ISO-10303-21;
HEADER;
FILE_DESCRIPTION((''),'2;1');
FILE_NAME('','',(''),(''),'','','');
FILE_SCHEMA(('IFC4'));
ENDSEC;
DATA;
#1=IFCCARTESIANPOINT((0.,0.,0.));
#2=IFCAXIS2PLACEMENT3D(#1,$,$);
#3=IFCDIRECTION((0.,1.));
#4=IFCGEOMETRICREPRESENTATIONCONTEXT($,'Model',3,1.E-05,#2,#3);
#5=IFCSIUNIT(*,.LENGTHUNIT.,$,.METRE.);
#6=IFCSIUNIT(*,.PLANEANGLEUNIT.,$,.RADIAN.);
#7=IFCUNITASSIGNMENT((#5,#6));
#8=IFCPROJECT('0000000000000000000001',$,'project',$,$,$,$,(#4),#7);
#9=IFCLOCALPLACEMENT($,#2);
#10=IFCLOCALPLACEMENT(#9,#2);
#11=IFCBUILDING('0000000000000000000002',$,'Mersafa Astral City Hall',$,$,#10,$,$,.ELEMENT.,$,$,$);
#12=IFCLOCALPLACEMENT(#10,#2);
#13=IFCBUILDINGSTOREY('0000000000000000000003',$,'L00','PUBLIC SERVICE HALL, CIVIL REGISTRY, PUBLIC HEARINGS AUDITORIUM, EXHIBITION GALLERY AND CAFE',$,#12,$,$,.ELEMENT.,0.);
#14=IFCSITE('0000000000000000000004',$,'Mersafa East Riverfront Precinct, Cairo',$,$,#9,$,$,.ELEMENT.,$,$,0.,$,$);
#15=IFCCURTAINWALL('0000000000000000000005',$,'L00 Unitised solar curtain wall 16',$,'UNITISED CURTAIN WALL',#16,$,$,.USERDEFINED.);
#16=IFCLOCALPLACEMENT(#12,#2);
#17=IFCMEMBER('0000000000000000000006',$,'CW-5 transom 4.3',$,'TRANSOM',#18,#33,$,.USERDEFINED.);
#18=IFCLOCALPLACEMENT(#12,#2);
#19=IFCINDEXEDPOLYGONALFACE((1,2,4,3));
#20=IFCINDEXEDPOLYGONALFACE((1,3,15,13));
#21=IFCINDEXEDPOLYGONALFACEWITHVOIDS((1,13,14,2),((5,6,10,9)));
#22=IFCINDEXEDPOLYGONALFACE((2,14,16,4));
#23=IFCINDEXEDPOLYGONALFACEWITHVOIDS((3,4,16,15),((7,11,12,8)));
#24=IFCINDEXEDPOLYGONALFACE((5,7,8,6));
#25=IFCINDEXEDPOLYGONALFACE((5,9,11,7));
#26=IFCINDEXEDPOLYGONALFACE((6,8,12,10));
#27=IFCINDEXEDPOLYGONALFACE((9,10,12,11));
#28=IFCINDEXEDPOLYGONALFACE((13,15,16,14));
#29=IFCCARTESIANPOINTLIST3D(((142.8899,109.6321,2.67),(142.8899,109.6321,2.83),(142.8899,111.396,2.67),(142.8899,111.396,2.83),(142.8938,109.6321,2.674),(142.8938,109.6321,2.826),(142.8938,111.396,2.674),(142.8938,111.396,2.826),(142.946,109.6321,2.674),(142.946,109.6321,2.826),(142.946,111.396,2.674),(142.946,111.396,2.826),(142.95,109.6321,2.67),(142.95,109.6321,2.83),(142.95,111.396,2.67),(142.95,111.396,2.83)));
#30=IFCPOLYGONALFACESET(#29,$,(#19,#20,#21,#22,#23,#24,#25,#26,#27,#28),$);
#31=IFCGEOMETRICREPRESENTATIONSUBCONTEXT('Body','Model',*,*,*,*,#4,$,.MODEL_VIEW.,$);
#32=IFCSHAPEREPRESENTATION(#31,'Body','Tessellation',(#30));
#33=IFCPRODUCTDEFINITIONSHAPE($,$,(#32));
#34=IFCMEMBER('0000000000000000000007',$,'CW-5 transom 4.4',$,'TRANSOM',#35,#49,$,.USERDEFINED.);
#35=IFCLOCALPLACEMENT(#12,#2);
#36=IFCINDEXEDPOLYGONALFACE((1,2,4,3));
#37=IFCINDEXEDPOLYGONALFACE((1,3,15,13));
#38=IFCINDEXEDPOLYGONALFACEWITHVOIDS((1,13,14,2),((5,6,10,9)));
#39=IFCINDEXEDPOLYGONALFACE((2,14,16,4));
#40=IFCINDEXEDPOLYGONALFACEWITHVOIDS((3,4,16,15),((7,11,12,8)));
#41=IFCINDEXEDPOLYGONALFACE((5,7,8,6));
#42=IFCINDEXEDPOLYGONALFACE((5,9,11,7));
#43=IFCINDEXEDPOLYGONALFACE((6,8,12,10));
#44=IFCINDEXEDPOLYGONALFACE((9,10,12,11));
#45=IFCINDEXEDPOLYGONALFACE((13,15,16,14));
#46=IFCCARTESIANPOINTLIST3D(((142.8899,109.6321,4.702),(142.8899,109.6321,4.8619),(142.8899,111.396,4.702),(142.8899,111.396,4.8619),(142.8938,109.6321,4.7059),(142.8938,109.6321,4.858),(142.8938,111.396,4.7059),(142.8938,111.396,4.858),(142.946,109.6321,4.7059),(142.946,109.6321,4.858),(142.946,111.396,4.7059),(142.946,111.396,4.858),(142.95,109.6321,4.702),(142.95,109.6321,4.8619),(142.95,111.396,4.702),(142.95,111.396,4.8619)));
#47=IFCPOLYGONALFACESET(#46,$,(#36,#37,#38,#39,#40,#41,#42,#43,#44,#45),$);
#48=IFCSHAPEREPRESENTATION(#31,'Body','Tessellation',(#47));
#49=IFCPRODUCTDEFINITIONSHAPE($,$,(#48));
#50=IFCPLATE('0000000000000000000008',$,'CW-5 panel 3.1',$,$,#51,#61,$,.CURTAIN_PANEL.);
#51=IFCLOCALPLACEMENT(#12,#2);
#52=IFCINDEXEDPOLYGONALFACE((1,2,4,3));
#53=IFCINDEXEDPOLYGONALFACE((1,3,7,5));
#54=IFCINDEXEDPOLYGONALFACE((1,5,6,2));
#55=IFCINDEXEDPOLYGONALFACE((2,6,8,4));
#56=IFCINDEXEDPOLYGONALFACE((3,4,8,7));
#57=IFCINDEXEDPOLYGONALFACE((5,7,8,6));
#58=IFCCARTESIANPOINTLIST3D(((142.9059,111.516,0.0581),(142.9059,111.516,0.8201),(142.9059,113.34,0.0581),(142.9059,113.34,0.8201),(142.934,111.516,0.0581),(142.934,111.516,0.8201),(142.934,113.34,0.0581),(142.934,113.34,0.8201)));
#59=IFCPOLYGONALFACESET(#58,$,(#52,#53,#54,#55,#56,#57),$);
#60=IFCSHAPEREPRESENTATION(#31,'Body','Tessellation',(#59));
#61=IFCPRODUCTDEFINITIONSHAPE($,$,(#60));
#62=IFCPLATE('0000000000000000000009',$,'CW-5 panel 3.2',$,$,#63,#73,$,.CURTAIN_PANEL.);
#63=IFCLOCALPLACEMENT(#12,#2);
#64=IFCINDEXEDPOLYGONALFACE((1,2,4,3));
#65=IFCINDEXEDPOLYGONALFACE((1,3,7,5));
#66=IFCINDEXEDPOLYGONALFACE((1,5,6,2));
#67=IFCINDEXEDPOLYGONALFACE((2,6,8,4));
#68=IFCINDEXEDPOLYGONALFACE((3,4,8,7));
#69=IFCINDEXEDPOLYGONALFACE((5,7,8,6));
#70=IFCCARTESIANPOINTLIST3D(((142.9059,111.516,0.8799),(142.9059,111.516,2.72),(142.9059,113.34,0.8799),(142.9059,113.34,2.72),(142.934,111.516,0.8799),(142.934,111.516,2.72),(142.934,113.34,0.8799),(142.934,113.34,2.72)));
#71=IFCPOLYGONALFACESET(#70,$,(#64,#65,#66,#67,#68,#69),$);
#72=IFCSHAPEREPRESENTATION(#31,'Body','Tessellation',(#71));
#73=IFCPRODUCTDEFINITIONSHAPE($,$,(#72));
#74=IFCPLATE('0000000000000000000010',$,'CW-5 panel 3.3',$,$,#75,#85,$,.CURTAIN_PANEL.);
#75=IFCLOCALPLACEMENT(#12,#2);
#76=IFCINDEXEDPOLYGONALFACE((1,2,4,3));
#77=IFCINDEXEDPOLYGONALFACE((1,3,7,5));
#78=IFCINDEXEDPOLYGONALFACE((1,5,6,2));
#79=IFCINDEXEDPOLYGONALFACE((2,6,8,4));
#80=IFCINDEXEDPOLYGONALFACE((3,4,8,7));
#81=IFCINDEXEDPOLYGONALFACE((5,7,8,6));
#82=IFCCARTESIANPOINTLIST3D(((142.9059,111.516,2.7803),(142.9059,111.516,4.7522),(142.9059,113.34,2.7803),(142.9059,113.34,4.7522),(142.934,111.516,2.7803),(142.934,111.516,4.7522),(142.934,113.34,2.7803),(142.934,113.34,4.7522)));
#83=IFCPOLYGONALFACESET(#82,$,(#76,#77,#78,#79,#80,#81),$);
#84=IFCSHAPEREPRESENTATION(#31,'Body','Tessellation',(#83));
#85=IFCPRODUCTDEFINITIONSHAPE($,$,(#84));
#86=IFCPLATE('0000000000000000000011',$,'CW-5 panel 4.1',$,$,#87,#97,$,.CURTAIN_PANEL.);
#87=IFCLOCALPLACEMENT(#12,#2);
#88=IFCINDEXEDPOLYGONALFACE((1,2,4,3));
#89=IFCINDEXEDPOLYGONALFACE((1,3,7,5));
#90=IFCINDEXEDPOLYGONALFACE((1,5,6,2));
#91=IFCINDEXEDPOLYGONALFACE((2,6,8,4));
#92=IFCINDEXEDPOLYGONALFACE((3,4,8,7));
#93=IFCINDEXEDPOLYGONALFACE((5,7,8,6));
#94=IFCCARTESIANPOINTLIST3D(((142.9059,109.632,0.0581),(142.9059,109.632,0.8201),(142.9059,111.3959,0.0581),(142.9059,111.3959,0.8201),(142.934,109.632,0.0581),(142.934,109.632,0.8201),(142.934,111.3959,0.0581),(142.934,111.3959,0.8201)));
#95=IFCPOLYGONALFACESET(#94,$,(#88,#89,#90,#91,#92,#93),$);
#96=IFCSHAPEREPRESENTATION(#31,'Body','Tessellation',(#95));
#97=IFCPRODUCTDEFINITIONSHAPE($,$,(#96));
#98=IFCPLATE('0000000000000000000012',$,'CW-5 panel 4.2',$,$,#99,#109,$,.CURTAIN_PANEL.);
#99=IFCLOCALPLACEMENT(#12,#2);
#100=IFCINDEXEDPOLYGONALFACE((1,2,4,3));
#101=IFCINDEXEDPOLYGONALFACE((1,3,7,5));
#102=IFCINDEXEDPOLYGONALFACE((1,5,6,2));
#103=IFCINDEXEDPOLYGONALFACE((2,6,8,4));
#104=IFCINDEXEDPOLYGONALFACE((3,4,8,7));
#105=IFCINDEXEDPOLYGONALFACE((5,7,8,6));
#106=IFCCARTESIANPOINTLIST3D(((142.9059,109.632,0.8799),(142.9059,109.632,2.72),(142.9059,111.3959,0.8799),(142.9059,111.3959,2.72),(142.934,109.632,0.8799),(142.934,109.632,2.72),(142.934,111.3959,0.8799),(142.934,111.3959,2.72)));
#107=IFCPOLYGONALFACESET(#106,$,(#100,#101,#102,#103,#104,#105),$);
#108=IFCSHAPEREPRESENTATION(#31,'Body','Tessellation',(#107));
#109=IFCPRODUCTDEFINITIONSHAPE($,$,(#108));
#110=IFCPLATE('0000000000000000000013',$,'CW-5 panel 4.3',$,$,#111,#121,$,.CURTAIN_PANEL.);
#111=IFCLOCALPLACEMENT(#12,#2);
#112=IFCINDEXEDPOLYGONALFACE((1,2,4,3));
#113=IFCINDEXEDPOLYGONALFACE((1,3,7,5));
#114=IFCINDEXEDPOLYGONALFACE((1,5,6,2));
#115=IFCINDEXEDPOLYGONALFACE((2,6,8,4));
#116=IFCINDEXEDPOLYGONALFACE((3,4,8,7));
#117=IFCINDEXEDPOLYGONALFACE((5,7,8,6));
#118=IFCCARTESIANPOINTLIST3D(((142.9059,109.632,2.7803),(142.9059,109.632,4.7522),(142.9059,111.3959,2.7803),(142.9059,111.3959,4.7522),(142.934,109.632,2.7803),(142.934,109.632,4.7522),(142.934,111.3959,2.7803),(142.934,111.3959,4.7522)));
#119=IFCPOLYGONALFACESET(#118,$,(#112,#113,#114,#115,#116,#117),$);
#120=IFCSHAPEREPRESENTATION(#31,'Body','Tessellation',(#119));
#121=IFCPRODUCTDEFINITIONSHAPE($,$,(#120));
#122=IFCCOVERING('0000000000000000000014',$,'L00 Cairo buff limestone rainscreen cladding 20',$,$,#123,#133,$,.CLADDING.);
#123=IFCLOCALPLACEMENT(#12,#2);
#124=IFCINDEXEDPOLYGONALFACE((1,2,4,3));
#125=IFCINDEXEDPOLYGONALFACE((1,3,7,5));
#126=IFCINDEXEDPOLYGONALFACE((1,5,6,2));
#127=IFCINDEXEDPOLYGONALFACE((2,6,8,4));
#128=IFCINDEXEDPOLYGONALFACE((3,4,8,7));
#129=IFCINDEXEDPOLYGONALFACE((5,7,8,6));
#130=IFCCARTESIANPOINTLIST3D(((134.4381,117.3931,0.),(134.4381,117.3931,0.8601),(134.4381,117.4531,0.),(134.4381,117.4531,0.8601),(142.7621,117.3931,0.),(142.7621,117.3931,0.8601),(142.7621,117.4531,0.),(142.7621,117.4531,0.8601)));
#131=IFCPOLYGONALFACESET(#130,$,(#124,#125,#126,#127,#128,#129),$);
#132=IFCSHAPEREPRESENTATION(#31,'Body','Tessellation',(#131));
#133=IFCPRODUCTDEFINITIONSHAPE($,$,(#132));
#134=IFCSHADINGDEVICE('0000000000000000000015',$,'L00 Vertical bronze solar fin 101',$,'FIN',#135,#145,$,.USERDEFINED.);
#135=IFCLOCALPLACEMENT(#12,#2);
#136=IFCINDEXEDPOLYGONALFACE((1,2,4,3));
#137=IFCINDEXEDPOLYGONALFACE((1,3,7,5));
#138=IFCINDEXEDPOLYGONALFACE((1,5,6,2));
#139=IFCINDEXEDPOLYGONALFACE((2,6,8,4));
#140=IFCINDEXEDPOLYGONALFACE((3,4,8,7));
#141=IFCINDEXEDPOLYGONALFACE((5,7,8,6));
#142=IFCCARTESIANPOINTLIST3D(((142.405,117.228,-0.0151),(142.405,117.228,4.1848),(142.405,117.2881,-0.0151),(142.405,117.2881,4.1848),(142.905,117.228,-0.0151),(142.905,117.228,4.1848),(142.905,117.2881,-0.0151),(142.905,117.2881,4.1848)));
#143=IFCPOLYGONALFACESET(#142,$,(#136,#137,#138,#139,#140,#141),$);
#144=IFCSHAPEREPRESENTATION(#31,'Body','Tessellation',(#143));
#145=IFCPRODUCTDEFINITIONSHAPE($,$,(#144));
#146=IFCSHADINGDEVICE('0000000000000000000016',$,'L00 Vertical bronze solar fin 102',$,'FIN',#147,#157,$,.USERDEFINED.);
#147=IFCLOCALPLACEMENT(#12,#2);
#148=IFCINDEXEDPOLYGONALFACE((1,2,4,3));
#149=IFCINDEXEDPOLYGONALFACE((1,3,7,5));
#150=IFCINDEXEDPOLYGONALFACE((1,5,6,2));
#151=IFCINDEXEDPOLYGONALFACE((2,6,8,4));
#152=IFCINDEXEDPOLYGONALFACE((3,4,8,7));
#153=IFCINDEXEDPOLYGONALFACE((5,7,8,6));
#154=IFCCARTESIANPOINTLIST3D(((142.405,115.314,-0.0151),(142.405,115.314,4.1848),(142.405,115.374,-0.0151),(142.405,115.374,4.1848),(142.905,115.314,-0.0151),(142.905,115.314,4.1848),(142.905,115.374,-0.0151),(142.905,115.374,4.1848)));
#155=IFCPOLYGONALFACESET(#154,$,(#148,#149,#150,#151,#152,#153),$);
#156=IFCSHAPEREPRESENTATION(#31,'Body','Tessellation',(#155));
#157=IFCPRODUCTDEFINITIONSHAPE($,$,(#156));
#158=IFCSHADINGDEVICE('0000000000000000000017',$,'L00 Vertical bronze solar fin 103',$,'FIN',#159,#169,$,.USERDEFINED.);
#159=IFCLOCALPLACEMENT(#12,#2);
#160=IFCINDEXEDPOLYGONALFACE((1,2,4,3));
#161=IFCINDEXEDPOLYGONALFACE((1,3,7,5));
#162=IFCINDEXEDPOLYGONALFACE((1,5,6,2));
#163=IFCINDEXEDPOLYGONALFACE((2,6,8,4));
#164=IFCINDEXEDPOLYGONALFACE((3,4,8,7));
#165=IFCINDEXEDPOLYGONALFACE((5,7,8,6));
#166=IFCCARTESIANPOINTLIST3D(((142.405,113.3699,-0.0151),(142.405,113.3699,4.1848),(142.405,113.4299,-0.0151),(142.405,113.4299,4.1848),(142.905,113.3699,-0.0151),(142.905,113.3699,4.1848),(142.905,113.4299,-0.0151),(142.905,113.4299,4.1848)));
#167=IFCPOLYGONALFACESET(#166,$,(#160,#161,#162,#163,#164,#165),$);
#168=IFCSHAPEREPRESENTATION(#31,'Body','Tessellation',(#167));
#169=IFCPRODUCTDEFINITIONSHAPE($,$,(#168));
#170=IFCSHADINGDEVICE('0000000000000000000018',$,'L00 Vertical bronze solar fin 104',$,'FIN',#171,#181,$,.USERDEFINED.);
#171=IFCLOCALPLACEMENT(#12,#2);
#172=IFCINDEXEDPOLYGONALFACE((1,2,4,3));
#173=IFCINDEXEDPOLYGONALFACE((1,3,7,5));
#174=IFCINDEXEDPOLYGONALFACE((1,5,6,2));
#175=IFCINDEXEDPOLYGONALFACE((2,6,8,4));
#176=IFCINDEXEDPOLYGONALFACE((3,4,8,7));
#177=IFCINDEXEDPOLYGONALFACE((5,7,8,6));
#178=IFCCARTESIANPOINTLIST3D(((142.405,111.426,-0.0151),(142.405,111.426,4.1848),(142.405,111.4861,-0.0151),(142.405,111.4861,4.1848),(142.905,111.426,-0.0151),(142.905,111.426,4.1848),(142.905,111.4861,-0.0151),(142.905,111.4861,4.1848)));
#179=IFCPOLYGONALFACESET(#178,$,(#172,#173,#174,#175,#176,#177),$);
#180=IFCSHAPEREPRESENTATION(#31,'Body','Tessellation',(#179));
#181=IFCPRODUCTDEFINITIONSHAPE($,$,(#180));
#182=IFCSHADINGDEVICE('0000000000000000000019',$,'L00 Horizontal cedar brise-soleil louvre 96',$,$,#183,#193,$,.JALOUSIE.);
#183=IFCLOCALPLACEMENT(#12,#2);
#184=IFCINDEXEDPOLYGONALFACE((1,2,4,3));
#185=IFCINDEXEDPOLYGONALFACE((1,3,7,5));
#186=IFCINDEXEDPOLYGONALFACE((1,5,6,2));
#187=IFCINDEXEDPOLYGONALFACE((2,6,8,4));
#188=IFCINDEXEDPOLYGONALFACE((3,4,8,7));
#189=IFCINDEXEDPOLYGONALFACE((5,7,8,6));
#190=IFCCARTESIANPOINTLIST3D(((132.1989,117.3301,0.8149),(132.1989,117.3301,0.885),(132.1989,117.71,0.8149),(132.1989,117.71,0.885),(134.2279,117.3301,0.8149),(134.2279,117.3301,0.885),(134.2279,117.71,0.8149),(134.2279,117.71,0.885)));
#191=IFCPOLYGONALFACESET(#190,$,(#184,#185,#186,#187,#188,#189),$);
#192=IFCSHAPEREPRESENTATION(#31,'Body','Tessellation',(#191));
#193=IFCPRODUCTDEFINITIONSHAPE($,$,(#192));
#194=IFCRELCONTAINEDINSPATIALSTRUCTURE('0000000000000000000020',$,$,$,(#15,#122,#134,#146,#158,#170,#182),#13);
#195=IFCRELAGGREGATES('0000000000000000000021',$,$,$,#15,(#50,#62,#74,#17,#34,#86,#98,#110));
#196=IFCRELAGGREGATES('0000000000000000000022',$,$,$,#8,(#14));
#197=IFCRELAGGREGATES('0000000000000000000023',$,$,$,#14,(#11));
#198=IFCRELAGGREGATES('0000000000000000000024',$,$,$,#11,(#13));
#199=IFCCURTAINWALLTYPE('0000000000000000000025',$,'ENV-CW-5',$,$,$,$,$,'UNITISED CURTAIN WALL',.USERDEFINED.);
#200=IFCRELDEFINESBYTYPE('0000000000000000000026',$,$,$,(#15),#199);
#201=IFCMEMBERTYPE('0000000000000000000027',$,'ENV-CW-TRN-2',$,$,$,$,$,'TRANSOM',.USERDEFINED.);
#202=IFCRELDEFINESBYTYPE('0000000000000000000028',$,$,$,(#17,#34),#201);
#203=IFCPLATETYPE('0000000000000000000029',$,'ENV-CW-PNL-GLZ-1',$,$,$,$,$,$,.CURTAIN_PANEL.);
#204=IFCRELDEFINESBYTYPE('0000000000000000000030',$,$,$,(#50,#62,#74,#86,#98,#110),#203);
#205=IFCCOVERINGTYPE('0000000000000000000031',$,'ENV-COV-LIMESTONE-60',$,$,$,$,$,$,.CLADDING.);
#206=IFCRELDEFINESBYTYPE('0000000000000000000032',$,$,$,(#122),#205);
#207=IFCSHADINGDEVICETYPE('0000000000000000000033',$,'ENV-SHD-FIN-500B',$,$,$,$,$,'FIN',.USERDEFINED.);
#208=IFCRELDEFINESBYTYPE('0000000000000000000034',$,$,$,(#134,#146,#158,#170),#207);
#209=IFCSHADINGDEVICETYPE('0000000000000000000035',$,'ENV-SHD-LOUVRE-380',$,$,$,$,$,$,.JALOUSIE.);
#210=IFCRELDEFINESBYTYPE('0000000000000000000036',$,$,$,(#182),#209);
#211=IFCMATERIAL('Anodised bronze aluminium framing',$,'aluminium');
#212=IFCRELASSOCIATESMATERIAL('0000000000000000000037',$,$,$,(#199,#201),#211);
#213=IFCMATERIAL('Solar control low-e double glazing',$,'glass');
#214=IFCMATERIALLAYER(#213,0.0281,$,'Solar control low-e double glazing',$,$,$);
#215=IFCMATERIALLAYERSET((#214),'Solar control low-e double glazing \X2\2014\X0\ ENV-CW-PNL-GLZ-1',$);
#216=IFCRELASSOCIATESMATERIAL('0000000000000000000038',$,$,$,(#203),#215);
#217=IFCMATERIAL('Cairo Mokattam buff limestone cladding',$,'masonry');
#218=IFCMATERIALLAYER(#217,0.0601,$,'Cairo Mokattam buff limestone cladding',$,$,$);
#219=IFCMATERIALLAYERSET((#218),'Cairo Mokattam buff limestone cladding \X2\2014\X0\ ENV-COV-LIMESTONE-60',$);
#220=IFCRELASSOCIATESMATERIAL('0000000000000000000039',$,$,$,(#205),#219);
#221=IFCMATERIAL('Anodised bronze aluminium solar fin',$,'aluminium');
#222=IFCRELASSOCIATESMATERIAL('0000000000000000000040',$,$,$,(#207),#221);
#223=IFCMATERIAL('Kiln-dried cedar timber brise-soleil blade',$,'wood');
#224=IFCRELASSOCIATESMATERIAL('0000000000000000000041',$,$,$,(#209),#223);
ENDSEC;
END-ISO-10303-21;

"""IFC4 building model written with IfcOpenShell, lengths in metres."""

from ifc_helpers import new_model, si_unit, direction, frame, origin, origin_2d, place, context, subcontext, project, spatial, rectangle, hollow_rectangle, extrude, material, layer, layer_set, material_profile, profile_set, type_object, element, aggregate, save


model = new_model("IFC4")

# Units and contexts
model_context = context("Model", 3, precision=1e-05, world=origin(), true_north=direction((0.0, 1.0)))
body_context = subcontext(model_context, "Body", "Model", "MODEL_VIEW")
ifc_project = project(units=[si_unit("LENGTHUNIT", "METRE"), si_unit("PLANEANGLEUNIT", "RADIAN")], contexts=[model_context])

# Site, building, storey
site_placement = place(None, origin())
site = spatial("IfcSite", under=ifc_project, at=site_placement, Name="Mersafa East Riverfront Precinct, Cairo", CompositionType="ELEMENT", RefElevation=0.0)
building_placement = place(site_placement, origin())
building = spatial("IfcBuilding", under=site, at=building_placement, Name="Mersafa Astral City Hall", CompositionType="ELEMENT")
storey_placement = place(building_placement, origin())
storey = spatial("IfcBuildingStorey", under=building, at=storey_placement, Name="L00", Description="PUBLIC SERVICE HALL, CIVIL REGISTRY, PUBLIC HEARINGS AUDITORIUM, EXHIBITION GALLERY AND CAFE", CompositionType="ELEMENT", Elevation=0.0)

# Curtain wall, members, plates
ifc_material_1 = material(Name="Anodised bronze aluminium framing", Category="aluminium")
curtain_wall_type = type_object("IfcCurtainWallType", Name="ENV-CW-5", ElementType="UNITISED CURTAIN WALL", PredefinedType="USERDEFINED", material=ifc_material_1)
curtain_wall_placement = place(storey_placement, origin())
curtain_wall = element("IfcCurtainWall", 1, at=curtain_wall_placement, inside=storey, type_object=curtain_wall_type, Name="L00 Unitised solar curtain wall 16", ObjectType="UNITISED CURTAIN WALL", PredefinedType="USERDEFINED")
ifc_material_profile_1 = material_profile(ifc_material_1, hollow_rectangle(XDim=0.0601, YDim=0.1599, WallThickness=0.0039, at=origin_2d()), Name="RHS 60x160x4")
ifc_profile_set_1 = profile_set([ifc_material_profile_1], Name="Anodised bronze aluminium framing")
member_type_1 = type_object("IfcMemberType", Name="ENV-CW-TRN-2", ElementType="TRANSOM", PredefinedType="USERDEFINED", material=ifc_profile_set_1)
member_1_placement = place(storey_placement, frame((142.9199, 111.396, 2.75), z_axis=(0.0, -1.0, 0.0), x_axis=(1.0, 0.0, 0.0)))
member_1 = element("IfcMember", 2, at=member_1_placement, type_object=member_type_1, Name="CW-5 transom 4.3", ObjectType="TRANSOM", PredefinedType="USERDEFINED", context=body_context, shape_type="SweptSolid", body=[
    extrude(hollow_rectangle(XDim=0.0601, YDim=0.1599, WallThickness=0.0039, at=origin_2d()), origin(), (0.0, 0.0, 1.0), 1.7639),
])
member_2_placement = place(storey_placement, frame((142.9199, 111.396, 4.782), z_axis=(0.0, -1.0, 0.0), x_axis=(1.0, 0.0, 0.0)))
member_2 = element("IfcMember", 3, at=member_2_placement, type_object=member_type_1, Name="CW-5 transom 4.4", ObjectType="TRANSOM", PredefinedType="USERDEFINED", context=body_context, shape_type="SweptSolid", body=[
    extrude(hollow_rectangle(XDim=0.0601, YDim=0.1599, WallThickness=0.0039, at=origin_2d()), origin(), (0.0, 0.0, 1.0), 1.7639),
])
ifc_material_2 = material(Name="Solar control low-e double glazing", Category="glass")
ifc_layer_1 = layer(ifc_material_2, 0.0281, Name="Solar control low-e double glazing")
ifc_layer_set_1 = layer_set([ifc_layer_1], Name="Solar control low-e double glazing — ENV-CW-PNL-GLZ-1")
plate_type = type_object("IfcPlateType", Name="ENV-CW-PNL-GLZ-1", PredefinedType="CURTAIN_PANEL", material=ifc_layer_set_1)
plate_1_placement = place(storey_placement, frame((142.9199, 112.428, 0.0581), z_axis=(0.0, 0.0, 1.0), x_axis=(0.0, -1.0, 0.0)))
plate_1 = element("IfcPlate", 4, at=plate_1_placement, type_object=plate_type, Name="CW-5 panel 3.1", PredefinedType="CURTAIN_PANEL", context=body_context, shape_type="SweptSolid", body=[
    extrude(rectangle(XDim=1.824, YDim=0.0281, at=origin_2d()), origin(), (0.0, 0.0, 1.0), 0.762),
])
plate_2_placement = place(storey_placement, frame((142.9199, 112.428, 0.8799), z_axis=(0.0, 0.0, 1.0), x_axis=(0.0, -1.0, 0.0)))
plate_2 = element("IfcPlate", 5, at=plate_2_placement, type_object=plate_type, Name="CW-5 panel 3.2", PredefinedType="CURTAIN_PANEL", context=body_context, shape_type="SweptSolid", body=[
    extrude(rectangle(XDim=1.824, YDim=0.0281, at=origin_2d()), origin(), (0.0, 0.0, 1.0), 1.8401),
])
plate_3_placement = place(storey_placement, frame((142.9199, 112.428, 2.7803), z_axis=(0.0, 0.0, 1.0), x_axis=(0.0, -1.0, 0.0)))
plate_3 = element("IfcPlate", 6, at=plate_3_placement, type_object=plate_type, Name="CW-5 panel 3.3", PredefinedType="CURTAIN_PANEL", context=body_context, shape_type="SweptSolid", body=[
    extrude(rectangle(XDim=1.824, YDim=0.0281, at=origin_2d()), origin(), (0.0, 0.0, 1.0), 1.9719),
])
plate_4_placement = place(storey_placement, frame((142.9199, 110.5139, 0.0581), z_axis=(0.0, 0.0, 1.0), x_axis=(0.0, -1.0, 0.0)))
plate_4 = element("IfcPlate", 7, at=plate_4_placement, type_object=plate_type, Name="CW-5 panel 4.1", PredefinedType="CURTAIN_PANEL", context=body_context, shape_type="SweptSolid", body=[
    extrude(rectangle(XDim=1.7639, YDim=0.0281, at=origin_2d()), origin(), (0.0, 0.0, 1.0), 0.762),
])
plate_5_placement = place(storey_placement, frame((142.9199, 110.5139, 0.8799), z_axis=(0.0, 0.0, 1.0), x_axis=(0.0, -1.0, 0.0)))
plate_5 = element("IfcPlate", 8, at=plate_5_placement, type_object=plate_type, Name="CW-5 panel 4.2", PredefinedType="CURTAIN_PANEL", context=body_context, shape_type="SweptSolid", body=[
    extrude(rectangle(XDim=1.7639, YDim=0.0281, at=origin_2d()), origin(), (0.0, 0.0, 1.0), 1.8401),
])
plate_6_placement = place(storey_placement, frame((142.9199, 110.5139, 2.7803), z_axis=(0.0, 0.0, 1.0), x_axis=(0.0, -1.0, 0.0)))
plate_6 = element("IfcPlate", 9, at=plate_6_placement, type_object=plate_type, Name="CW-5 panel 4.3", PredefinedType="CURTAIN_PANEL", context=body_context, shape_type="SweptSolid", body=[
    extrude(rectangle(XDim=1.7639, YDim=0.0281, at=origin_2d()), origin(), (0.0, 0.0, 1.0), 1.9719),
])
aggregate(curtain_wall, [plate_1, plate_2, plate_3, member_1, member_2, plate_4, plate_5, plate_6])

# Covering
ifc_material_3 = material(Name="Cairo Mokattam buff limestone cladding", Category="masonry")
ifc_layer_2 = layer(ifc_material_3, 0.0601, Name="Cairo Mokattam buff limestone cladding")
ifc_layer_set_2 = layer_set([ifc_layer_2], Name="Cairo Mokattam buff limestone cladding — ENV-COV-LIMESTONE-60")
covering_type = type_object("IfcCoveringType", Name="ENV-COV-LIMESTONE-60", PredefinedType="CLADDING", material=ifc_layer_set_2)
covering_placement = place(storey_placement, frame((138.6001, 117.4231, 0.0), z_axis=(0.0, 0.0, 1.0), x_axis=(1.0, 0.0, 0.0)))
element("IfcCovering", 10, at=covering_placement, inside=storey, type_object=covering_type, Name="L00 Cairo buff limestone rainscreen cladding 20", PredefinedType="CLADDING", context=body_context, shape_type="SweptSolid", body=[
    extrude(rectangle(XDim=8.324, YDim=0.0601, at=origin_2d()), origin(), (0.0, 0.0, 1.0), 0.8601),
])

# Shading devices
ifc_material_4 = material(Name="Anodised bronze aluminium solar fin", Category="aluminium")
shading_device_type_1 = type_object("IfcShadingDeviceType", Name="ENV-SHD-FIN-500B", ElementType="FIN", PredefinedType="USERDEFINED", material=ifc_material_4)
for number, where, z_axis, x_axis, name in (
    (11, (142.655, 117.2581, -0.0151), (0.0, 0.0, 1.0), (0.0, -1.0, 0.0), "L00 Vertical bronze solar fin 101"),
    (12, (142.655, 115.344, -0.0151), (0.0, 0.0, 1.0), (0.0, -1.0, 0.0), "L00 Vertical bronze solar fin 102"),
    (13, (142.655, 113.3999, -0.0151), (0.0, 0.0, 1.0), (0.0, -1.0, 0.0), "L00 Vertical bronze solar fin 103"),
    (14, (142.655, 111.4561, -0.0151), (0.0, 0.0, 1.0), (0.0, -1.0, 0.0), "L00 Vertical bronze solar fin 104"),
):
    element("IfcShadingDevice", number, at=place(storey_placement, frame(where, z_axis=z_axis, x_axis=x_axis)), inside=storey, type_object=shading_device_type_1, Name=name, ObjectType="FIN", PredefinedType="USERDEFINED", context=body_context, shape_type="SweptSolid", body=[
        extrude(rectangle(XDim=0.0601, YDim=0.5, at=origin_2d()), origin(), (0.0, 0.0, 1.0), 4.2),
    ])
ifc_material_5 = material(Name="Kiln-dried cedar timber brise-soleil blade", Category="wood")
shading_device_type_2 = type_object("IfcShadingDeviceType", Name="ENV-SHD-LOUVRE-380", PredefinedType="JALOUSIE", material=ifc_material_5)
for number, where, z_axis, x_axis, name in (
    (15, (133.2134, 117.52, 0.8149), (0.0, 0.0, 1.0), (1.0, 0.0, 0.0), "L00 Horizontal cedar brise-soleil louvre 96"),
):
    element("IfcShadingDevice", number, at=place(storey_placement, frame(where, z_axis=z_axis, x_axis=x_axis)), inside=storey, type_object=shading_device_type_2, Name=name, PredefinedType="JALOUSIE", context=body_context, shape_type="SweptSolid", body=[
        extrude(rectangle(XDim=2.0291, YDim=0.3799, at=origin_2d()), origin(), (0.0, 0.0, 1.0), 0.0701),
    ])

save(model, "model.ifc")
